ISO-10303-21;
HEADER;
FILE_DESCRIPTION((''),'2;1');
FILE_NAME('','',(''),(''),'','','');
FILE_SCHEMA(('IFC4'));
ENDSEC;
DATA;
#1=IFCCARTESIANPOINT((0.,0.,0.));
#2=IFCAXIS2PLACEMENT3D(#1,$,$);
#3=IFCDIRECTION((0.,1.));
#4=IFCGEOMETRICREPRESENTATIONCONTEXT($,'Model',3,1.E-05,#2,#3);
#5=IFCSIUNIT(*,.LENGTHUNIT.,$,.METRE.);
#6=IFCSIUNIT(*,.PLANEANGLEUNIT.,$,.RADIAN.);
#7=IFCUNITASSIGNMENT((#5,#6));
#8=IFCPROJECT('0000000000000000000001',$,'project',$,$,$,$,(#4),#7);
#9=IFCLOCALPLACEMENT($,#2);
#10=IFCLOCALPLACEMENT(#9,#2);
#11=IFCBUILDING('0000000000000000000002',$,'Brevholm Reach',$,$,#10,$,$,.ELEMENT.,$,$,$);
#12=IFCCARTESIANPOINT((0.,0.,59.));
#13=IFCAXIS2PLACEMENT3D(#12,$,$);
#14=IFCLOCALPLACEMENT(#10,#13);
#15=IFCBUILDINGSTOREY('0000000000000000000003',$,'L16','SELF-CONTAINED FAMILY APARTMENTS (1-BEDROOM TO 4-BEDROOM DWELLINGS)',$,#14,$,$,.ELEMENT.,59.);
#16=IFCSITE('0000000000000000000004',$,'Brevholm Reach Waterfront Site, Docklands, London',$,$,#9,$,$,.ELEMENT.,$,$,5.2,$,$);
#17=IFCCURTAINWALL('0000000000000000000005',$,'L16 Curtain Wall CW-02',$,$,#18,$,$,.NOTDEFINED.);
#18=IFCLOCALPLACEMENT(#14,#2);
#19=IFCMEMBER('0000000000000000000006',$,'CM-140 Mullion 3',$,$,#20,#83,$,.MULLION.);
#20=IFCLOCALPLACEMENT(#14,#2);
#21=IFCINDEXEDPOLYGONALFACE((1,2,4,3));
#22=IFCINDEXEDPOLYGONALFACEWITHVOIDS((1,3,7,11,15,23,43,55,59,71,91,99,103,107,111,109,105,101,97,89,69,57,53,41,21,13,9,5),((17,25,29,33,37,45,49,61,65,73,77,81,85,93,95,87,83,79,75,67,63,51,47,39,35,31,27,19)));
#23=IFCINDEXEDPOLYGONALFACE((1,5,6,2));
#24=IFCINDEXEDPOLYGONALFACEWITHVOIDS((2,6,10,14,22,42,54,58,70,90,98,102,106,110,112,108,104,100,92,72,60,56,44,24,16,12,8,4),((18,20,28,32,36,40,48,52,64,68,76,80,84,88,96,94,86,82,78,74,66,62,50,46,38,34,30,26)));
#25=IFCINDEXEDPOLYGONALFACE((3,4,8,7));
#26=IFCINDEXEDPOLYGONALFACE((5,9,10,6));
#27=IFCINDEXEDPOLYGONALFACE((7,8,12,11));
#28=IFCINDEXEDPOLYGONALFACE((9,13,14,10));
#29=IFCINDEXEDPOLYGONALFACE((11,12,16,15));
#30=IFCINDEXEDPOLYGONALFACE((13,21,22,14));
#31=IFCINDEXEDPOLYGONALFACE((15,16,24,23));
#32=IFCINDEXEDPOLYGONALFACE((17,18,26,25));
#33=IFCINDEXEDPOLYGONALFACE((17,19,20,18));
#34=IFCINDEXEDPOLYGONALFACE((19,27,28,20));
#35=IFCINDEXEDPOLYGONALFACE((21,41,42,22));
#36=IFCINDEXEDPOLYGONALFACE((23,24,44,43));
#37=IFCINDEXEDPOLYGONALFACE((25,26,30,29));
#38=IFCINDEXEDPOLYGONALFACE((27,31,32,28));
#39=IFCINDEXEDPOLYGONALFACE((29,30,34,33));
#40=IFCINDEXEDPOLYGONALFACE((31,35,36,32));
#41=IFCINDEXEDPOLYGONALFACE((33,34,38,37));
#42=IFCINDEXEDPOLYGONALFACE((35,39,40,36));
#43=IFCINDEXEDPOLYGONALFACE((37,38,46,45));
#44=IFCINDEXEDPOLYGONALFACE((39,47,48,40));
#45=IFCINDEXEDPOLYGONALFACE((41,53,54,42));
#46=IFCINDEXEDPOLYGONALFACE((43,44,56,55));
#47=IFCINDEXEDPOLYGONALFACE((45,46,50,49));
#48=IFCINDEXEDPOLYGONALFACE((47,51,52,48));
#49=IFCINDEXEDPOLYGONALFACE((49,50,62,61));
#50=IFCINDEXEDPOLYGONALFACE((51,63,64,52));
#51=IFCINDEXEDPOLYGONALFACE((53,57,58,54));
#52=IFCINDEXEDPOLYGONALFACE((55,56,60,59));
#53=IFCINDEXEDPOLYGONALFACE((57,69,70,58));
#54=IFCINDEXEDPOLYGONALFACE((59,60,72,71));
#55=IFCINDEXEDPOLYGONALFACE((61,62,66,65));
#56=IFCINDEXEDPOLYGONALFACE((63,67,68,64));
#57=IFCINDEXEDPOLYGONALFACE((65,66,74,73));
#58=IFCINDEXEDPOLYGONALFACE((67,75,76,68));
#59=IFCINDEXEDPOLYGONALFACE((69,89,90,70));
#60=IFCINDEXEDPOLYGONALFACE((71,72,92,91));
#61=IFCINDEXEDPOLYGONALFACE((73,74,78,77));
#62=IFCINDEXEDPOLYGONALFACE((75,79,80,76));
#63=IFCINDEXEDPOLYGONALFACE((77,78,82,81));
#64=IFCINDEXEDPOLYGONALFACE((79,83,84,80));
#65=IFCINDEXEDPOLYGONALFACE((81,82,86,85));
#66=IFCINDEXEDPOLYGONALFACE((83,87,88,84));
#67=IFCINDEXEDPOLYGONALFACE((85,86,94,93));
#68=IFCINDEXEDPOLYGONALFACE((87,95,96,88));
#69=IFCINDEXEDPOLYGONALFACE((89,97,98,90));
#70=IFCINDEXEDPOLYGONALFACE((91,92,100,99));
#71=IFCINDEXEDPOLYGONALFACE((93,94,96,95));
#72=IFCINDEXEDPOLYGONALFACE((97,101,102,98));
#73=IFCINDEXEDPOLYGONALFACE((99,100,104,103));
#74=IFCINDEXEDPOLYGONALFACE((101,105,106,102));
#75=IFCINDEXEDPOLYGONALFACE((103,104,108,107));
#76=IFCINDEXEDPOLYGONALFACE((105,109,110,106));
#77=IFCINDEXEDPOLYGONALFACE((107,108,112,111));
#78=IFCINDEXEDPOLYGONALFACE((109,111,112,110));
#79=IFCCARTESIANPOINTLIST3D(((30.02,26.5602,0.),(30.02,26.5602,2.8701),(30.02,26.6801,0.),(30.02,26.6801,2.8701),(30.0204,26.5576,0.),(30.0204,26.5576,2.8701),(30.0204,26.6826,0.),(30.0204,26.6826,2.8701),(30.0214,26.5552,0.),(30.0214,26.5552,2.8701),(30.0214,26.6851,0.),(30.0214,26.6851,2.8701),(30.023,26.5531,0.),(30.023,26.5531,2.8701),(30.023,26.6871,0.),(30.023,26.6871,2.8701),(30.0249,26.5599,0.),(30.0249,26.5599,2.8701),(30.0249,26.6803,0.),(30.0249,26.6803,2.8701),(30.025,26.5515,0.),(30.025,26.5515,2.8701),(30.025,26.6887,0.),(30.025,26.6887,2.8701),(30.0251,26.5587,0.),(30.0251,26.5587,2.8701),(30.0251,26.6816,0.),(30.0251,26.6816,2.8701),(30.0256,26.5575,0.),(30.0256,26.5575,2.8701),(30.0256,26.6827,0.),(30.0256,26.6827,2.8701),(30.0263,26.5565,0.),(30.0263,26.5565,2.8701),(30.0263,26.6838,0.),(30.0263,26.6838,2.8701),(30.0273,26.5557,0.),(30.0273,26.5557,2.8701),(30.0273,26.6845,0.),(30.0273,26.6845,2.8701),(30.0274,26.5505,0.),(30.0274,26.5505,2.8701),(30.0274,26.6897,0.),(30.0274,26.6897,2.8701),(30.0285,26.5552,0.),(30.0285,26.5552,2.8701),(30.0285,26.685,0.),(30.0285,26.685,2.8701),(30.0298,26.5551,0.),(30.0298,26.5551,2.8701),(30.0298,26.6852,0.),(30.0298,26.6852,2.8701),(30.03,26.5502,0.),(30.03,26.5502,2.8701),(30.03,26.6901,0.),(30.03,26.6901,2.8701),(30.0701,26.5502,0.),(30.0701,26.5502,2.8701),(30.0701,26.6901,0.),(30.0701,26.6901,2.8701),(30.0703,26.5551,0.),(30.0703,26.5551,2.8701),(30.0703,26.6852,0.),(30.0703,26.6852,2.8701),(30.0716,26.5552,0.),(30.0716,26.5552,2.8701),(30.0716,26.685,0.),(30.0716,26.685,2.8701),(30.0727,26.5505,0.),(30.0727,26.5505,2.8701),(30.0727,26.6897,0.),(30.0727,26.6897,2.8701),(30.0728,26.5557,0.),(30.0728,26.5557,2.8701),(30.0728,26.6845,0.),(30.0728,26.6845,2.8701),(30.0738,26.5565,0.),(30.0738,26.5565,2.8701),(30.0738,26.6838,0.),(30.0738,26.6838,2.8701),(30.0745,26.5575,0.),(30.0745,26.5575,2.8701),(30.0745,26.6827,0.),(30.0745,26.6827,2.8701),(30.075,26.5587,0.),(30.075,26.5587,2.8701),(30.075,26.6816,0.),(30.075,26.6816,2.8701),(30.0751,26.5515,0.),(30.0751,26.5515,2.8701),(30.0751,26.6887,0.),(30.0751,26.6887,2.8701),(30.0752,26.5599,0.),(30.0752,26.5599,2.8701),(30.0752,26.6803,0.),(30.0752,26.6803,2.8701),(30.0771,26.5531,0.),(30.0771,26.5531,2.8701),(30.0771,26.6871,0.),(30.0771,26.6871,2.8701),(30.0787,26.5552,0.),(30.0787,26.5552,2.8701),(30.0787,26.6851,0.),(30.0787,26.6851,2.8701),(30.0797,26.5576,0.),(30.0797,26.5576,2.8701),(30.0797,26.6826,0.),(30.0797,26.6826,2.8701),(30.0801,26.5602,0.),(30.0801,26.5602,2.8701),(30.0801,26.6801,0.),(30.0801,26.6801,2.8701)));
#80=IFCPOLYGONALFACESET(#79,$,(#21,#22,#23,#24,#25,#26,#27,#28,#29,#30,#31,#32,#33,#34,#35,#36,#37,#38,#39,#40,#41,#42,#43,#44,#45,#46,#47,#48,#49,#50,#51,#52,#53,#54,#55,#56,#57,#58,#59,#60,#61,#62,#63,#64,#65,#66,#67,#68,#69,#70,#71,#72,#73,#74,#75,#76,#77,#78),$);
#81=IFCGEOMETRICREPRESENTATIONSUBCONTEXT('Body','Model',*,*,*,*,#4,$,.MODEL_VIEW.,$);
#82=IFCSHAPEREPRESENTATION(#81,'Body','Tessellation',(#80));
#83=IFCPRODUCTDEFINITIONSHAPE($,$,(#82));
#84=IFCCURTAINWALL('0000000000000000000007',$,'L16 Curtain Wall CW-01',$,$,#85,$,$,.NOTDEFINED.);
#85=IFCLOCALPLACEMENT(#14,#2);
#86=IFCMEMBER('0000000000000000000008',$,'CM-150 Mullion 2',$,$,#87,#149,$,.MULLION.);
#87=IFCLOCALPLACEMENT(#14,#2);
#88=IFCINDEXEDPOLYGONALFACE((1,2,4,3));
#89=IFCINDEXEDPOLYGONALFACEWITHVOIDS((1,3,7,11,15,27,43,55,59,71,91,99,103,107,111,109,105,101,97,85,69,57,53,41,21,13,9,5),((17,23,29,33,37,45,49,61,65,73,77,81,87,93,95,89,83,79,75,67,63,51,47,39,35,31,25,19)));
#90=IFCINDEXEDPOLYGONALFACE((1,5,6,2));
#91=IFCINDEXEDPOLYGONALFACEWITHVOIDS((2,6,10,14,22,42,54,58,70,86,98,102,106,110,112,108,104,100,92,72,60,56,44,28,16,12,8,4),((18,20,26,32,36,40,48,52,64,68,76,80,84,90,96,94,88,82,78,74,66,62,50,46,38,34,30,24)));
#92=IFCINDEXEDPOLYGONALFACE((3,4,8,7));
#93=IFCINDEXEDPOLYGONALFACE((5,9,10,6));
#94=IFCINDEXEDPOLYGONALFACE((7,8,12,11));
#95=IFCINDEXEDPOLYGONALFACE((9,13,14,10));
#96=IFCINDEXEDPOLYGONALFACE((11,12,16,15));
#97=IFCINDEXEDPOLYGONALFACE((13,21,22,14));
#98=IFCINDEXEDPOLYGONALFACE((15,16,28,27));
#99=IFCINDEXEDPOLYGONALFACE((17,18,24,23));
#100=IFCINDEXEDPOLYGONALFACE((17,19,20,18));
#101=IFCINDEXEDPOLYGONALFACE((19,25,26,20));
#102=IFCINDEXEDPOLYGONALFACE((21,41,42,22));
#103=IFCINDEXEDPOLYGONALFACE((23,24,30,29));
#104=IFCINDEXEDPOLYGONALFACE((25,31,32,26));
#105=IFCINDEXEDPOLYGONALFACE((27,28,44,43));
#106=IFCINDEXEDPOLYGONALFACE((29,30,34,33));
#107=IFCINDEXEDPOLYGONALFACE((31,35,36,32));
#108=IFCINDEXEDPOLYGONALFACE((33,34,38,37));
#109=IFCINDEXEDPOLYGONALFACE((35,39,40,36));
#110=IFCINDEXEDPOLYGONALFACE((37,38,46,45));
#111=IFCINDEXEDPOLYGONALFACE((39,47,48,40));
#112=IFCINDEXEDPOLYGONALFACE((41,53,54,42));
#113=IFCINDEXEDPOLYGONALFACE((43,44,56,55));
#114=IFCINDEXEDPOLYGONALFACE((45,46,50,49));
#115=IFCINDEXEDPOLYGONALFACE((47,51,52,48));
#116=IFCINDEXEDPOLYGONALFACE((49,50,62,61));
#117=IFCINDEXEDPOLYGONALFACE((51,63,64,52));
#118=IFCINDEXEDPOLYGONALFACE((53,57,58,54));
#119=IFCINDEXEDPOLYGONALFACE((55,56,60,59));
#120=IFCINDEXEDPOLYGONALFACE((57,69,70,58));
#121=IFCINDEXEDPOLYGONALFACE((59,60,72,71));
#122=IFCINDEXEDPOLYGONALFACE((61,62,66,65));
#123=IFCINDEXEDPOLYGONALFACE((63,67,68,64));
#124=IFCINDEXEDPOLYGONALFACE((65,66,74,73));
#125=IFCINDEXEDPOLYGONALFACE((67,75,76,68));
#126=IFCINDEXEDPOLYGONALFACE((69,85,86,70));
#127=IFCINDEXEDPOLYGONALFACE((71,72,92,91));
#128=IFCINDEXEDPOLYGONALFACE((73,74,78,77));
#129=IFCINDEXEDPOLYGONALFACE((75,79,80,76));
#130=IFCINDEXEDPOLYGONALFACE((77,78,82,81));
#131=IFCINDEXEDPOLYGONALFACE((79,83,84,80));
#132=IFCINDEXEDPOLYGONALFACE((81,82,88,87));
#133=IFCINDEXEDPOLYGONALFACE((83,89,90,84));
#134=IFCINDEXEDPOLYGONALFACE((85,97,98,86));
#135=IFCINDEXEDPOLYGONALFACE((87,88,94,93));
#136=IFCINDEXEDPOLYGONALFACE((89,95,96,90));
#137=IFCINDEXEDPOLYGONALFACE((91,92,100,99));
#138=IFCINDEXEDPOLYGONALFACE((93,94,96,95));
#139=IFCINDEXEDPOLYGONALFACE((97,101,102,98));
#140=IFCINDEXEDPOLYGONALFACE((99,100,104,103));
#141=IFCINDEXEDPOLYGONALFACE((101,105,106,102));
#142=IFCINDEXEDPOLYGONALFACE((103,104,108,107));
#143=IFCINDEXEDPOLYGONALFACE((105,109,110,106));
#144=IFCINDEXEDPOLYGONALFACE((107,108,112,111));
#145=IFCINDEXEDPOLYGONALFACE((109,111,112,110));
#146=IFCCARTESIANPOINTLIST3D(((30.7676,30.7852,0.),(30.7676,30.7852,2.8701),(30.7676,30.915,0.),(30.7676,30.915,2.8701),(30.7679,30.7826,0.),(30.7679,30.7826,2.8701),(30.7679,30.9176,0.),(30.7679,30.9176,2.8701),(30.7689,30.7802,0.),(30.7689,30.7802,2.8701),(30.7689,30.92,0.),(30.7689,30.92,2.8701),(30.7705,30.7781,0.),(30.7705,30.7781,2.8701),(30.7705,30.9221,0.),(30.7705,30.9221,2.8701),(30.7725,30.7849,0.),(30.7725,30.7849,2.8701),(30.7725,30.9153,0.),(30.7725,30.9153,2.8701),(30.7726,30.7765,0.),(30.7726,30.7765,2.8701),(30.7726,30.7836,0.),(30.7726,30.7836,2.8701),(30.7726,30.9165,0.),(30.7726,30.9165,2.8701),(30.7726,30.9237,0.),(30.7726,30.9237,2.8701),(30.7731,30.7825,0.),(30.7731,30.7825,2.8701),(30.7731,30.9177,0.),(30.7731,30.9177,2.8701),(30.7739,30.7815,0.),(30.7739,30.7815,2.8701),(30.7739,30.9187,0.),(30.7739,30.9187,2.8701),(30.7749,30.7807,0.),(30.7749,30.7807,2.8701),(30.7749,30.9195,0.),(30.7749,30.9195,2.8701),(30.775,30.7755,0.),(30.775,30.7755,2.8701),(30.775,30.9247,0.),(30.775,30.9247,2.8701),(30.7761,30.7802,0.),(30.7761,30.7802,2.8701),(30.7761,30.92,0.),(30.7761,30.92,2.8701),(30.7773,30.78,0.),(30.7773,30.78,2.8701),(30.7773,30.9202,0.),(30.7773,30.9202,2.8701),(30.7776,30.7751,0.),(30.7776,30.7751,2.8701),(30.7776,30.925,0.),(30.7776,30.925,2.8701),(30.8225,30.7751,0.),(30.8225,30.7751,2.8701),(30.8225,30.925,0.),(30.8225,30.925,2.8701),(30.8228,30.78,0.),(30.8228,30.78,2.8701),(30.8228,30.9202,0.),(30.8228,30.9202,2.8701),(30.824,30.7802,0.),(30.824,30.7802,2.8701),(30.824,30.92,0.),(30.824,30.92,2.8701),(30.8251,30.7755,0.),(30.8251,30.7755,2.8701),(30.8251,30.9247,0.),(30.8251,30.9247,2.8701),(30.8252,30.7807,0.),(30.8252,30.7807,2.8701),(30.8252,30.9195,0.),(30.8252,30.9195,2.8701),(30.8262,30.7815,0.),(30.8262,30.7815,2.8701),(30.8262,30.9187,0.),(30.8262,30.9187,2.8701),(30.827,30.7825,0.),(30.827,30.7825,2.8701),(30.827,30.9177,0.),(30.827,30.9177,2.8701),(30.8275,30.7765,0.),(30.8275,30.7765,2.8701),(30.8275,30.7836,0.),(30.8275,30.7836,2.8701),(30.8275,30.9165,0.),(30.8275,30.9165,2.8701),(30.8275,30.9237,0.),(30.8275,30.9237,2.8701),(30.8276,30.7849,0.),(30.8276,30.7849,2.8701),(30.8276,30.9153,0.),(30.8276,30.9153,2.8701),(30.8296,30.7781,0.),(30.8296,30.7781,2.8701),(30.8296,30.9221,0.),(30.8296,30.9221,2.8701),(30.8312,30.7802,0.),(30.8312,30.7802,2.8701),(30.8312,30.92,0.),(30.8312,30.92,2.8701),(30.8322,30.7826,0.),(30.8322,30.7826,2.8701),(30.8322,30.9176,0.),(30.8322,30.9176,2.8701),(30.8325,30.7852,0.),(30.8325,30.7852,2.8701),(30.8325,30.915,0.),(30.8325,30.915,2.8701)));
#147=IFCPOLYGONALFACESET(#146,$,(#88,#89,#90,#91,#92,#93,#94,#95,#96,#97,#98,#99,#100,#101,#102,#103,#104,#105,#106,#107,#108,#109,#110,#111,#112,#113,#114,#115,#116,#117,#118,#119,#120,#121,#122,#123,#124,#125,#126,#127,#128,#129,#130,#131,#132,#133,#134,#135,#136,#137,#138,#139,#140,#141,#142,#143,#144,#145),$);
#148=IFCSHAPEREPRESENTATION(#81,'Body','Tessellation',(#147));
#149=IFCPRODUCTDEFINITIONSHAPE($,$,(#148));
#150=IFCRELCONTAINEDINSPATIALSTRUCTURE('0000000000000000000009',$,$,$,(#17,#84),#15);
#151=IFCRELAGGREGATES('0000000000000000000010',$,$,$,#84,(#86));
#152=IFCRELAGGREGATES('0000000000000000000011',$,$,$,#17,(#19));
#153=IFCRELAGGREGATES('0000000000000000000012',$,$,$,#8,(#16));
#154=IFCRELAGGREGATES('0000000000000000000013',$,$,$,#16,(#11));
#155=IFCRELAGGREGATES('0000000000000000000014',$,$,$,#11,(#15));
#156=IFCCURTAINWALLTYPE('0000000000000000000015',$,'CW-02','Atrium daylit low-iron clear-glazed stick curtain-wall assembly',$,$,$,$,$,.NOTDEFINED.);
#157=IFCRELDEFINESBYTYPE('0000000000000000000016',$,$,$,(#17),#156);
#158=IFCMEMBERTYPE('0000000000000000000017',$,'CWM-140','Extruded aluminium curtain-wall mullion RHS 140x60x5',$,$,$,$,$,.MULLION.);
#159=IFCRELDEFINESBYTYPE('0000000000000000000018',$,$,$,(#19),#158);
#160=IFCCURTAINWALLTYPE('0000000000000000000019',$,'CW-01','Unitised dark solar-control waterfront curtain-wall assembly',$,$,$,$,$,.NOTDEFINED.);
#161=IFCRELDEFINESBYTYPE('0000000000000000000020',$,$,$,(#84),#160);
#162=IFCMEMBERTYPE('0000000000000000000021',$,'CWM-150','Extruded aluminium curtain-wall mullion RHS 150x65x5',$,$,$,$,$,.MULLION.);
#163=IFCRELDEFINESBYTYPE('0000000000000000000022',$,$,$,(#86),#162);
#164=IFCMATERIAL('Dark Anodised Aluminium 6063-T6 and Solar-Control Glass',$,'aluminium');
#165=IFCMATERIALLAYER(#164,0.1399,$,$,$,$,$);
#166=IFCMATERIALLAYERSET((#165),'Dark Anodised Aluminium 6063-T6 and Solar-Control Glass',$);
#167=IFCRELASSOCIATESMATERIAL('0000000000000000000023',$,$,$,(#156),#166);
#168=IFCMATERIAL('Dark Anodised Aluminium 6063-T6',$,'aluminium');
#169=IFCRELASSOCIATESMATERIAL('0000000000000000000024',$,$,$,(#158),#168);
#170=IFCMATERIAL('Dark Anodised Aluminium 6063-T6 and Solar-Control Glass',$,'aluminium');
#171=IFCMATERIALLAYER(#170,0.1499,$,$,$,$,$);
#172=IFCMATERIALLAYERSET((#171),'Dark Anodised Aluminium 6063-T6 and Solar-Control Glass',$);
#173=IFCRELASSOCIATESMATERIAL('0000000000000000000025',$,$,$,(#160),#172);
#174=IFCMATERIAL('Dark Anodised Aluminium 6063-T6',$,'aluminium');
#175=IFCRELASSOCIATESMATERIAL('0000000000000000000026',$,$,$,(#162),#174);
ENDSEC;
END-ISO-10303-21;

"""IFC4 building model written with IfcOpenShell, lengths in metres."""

from ifc_helpers import new_model, si_unit, direction, frame, origin, origin_2d, place, context, subcontext, project, spatial, hollow_rectangle, extrude, material, layer, layer_set, material_profile, profile_set, type_object, element, aggregate, save


model = new_model("IFC4")

# Units and contexts
model_context = context("Model", 3, precision=1e-05, world=origin(), true_north=direction((0.0, 1.0)))
body_context = subcontext(model_context, "Body", "Model", "MODEL_VIEW")
ifc_project = project(units=[si_unit("LENGTHUNIT", "METRE"), si_unit("PLANEANGLEUNIT", "RADIAN")], contexts=[model_context])

# Site, building, storey
site_placement = place(None, origin())
site = spatial("IfcSite", under=ifc_project, at=site_placement, Name="Brevholm Reach Waterfront Site, Docklands, London", CompositionType="ELEMENT", RefElevation=5.2)
building_placement = place(site_placement, origin())
building = spatial("IfcBuilding", under=site, at=building_placement, Name="Brevholm Reach", CompositionType="ELEMENT")
storey_placement = place(building_placement, frame((0.0, 0.0, 59.0)))
storey = spatial("IfcBuildingStorey", under=building, at=storey_placement, Name="L16", Description="SELF-CONTAINED FAMILY APARTMENTS (1-BEDROOM TO 4-BEDROOM DWELLINGS)", CompositionType="ELEMENT", Elevation=59.0)

# Curtain walls, members
ifc_material_1 = material(Name="Dark Anodised Aluminium 6063-T6 and Solar-Control Glass", Category="aluminium")
ifc_layer_1 = layer(ifc_material_1, 0.1399)
ifc_layer_set_1 = layer_set([ifc_layer_1], Name="Dark Anodised Aluminium 6063-T6 and Solar-Control Glass")
curtain_wall_type_1 = type_object("IfcCurtainWallType", Name="CW-02", Description="Atrium daylit low-iron clear-glazed stick curtain-wall assembly", PredefinedType="NOTDEFINED", material=ifc_layer_set_1)
curtain_wall_1_placement = place(storey_placement, origin())
curtain_wall_1 = element("IfcCurtainWall", 1, at=curtain_wall_1_placement, inside=storey, type_object=curtain_wall_type_1, Name="L16 Curtain Wall CW-02", PredefinedType="NOTDEFINED")
ifc_material_2 = material(Name="Dark Anodised Aluminium 6063-T6", Category="aluminium")
ifc_material_profile_1 = material_profile(ifc_material_2, hollow_rectangle(XDim=0.0601, YDim=0.1399, WallThickness=0.0049, InnerFilletRadius=0.0049, OuterFilletRadius=0.01, at=origin_2d()), Name="RHS 140x60x5")
ifc_profile_set_1 = profile_set([ifc_material_profile_1], Name="Dark Anodised Aluminium 6063-T6")
member_type_1 = type_object("IfcMemberType", Name="CWM-140", Description="Extruded aluminium curtain-wall mullion RHS 140x60x5", PredefinedType="MULLION", material=ifc_profile_set_1)
member_1_placement = place(storey_placement, frame((30.05, 26.6201, 0.0), z_axis=(0.0, 0.0, 1.0), x_axis=(-1.0, 0.0, 0.0)))
member_1 = element("IfcMember", 2, at=member_1_placement, type_object=member_type_1, Name="CM-140 Mullion 3", PredefinedType="MULLION", context=body_context, shape_type="SweptSolid", body=[
    extrude(hollow_rectangle(XDim=0.0601, YDim=0.1399, WallThickness=0.0049, InnerFilletRadius=0.0049, OuterFilletRadius=0.01, at=origin_2d()), origin(), (0.0, 0.0, 1.0), 2.8701),
])
ifc_material_3 = material(Name="Dark Anodised Aluminium 6063-T6 and Solar-Control Glass", Category="aluminium")
ifc_layer_2 = layer(ifc_material_3, 0.1499)
ifc_layer_set_2 = layer_set([ifc_layer_2], Name="Dark Anodised Aluminium 6063-T6 and Solar-Control Glass")
curtain_wall_type_2 = type_object("IfcCurtainWallType", Name="CW-01", Description="Unitised dark solar-control waterfront curtain-wall assembly", PredefinedType="NOTDEFINED", material=ifc_layer_set_2)
curtain_wall_2_placement = place(storey_placement, origin())
curtain_wall_2 = element("IfcCurtainWall", 3, at=curtain_wall_2_placement, inside=storey, type_object=curtain_wall_type_2, Name="L16 Curtain Wall CW-01", PredefinedType="NOTDEFINED")
ifc_material_4 = material(Name="Dark Anodised Aluminium 6063-T6", Category="aluminium")
ifc_material_profile_2 = material_profile(ifc_material_4, hollow_rectangle(XDim=0.0649, YDim=0.1499, WallThickness=0.0049, InnerFilletRadius=0.0049, OuterFilletRadius=0.01, at=origin_2d()), Name="RHS 150x65x5")
ifc_profile_set_2 = profile_set([ifc_material_profile_2], Name="Dark Anodised Aluminium 6063-T6")
member_type_2 = type_object("IfcMemberType", Name="CWM-150", Description="Extruded aluminium curtain-wall mullion RHS 150x65x5", PredefinedType="MULLION", material=ifc_profile_set_2)
member_2_placement = place(storey_placement, frame((30.8, 30.8501, 0.0), z_axis=(0.0, 0.0, 1.0), x_axis=(1.0, 0.0, 0.0)))
member_2 = element("IfcMember", 4, at=member_2_placement, type_object=member_type_2, Name="CM-150 Mullion 2", PredefinedType="MULLION", context=body_context, shape_type="SweptSolid", body=[
    extrude(hollow_rectangle(XDim=0.0649, YDim=0.1499, WallThickness=0.0049, InnerFilletRadius=0.0049, OuterFilletRadius=0.01, at=origin_2d()), origin(), (0.0, 0.0, 1.0), 2.8701),
])

aggregate(curtain_wall_2, [member_2])
aggregate(curtain_wall_1, [member_1])

save(model, "model.ifc")
